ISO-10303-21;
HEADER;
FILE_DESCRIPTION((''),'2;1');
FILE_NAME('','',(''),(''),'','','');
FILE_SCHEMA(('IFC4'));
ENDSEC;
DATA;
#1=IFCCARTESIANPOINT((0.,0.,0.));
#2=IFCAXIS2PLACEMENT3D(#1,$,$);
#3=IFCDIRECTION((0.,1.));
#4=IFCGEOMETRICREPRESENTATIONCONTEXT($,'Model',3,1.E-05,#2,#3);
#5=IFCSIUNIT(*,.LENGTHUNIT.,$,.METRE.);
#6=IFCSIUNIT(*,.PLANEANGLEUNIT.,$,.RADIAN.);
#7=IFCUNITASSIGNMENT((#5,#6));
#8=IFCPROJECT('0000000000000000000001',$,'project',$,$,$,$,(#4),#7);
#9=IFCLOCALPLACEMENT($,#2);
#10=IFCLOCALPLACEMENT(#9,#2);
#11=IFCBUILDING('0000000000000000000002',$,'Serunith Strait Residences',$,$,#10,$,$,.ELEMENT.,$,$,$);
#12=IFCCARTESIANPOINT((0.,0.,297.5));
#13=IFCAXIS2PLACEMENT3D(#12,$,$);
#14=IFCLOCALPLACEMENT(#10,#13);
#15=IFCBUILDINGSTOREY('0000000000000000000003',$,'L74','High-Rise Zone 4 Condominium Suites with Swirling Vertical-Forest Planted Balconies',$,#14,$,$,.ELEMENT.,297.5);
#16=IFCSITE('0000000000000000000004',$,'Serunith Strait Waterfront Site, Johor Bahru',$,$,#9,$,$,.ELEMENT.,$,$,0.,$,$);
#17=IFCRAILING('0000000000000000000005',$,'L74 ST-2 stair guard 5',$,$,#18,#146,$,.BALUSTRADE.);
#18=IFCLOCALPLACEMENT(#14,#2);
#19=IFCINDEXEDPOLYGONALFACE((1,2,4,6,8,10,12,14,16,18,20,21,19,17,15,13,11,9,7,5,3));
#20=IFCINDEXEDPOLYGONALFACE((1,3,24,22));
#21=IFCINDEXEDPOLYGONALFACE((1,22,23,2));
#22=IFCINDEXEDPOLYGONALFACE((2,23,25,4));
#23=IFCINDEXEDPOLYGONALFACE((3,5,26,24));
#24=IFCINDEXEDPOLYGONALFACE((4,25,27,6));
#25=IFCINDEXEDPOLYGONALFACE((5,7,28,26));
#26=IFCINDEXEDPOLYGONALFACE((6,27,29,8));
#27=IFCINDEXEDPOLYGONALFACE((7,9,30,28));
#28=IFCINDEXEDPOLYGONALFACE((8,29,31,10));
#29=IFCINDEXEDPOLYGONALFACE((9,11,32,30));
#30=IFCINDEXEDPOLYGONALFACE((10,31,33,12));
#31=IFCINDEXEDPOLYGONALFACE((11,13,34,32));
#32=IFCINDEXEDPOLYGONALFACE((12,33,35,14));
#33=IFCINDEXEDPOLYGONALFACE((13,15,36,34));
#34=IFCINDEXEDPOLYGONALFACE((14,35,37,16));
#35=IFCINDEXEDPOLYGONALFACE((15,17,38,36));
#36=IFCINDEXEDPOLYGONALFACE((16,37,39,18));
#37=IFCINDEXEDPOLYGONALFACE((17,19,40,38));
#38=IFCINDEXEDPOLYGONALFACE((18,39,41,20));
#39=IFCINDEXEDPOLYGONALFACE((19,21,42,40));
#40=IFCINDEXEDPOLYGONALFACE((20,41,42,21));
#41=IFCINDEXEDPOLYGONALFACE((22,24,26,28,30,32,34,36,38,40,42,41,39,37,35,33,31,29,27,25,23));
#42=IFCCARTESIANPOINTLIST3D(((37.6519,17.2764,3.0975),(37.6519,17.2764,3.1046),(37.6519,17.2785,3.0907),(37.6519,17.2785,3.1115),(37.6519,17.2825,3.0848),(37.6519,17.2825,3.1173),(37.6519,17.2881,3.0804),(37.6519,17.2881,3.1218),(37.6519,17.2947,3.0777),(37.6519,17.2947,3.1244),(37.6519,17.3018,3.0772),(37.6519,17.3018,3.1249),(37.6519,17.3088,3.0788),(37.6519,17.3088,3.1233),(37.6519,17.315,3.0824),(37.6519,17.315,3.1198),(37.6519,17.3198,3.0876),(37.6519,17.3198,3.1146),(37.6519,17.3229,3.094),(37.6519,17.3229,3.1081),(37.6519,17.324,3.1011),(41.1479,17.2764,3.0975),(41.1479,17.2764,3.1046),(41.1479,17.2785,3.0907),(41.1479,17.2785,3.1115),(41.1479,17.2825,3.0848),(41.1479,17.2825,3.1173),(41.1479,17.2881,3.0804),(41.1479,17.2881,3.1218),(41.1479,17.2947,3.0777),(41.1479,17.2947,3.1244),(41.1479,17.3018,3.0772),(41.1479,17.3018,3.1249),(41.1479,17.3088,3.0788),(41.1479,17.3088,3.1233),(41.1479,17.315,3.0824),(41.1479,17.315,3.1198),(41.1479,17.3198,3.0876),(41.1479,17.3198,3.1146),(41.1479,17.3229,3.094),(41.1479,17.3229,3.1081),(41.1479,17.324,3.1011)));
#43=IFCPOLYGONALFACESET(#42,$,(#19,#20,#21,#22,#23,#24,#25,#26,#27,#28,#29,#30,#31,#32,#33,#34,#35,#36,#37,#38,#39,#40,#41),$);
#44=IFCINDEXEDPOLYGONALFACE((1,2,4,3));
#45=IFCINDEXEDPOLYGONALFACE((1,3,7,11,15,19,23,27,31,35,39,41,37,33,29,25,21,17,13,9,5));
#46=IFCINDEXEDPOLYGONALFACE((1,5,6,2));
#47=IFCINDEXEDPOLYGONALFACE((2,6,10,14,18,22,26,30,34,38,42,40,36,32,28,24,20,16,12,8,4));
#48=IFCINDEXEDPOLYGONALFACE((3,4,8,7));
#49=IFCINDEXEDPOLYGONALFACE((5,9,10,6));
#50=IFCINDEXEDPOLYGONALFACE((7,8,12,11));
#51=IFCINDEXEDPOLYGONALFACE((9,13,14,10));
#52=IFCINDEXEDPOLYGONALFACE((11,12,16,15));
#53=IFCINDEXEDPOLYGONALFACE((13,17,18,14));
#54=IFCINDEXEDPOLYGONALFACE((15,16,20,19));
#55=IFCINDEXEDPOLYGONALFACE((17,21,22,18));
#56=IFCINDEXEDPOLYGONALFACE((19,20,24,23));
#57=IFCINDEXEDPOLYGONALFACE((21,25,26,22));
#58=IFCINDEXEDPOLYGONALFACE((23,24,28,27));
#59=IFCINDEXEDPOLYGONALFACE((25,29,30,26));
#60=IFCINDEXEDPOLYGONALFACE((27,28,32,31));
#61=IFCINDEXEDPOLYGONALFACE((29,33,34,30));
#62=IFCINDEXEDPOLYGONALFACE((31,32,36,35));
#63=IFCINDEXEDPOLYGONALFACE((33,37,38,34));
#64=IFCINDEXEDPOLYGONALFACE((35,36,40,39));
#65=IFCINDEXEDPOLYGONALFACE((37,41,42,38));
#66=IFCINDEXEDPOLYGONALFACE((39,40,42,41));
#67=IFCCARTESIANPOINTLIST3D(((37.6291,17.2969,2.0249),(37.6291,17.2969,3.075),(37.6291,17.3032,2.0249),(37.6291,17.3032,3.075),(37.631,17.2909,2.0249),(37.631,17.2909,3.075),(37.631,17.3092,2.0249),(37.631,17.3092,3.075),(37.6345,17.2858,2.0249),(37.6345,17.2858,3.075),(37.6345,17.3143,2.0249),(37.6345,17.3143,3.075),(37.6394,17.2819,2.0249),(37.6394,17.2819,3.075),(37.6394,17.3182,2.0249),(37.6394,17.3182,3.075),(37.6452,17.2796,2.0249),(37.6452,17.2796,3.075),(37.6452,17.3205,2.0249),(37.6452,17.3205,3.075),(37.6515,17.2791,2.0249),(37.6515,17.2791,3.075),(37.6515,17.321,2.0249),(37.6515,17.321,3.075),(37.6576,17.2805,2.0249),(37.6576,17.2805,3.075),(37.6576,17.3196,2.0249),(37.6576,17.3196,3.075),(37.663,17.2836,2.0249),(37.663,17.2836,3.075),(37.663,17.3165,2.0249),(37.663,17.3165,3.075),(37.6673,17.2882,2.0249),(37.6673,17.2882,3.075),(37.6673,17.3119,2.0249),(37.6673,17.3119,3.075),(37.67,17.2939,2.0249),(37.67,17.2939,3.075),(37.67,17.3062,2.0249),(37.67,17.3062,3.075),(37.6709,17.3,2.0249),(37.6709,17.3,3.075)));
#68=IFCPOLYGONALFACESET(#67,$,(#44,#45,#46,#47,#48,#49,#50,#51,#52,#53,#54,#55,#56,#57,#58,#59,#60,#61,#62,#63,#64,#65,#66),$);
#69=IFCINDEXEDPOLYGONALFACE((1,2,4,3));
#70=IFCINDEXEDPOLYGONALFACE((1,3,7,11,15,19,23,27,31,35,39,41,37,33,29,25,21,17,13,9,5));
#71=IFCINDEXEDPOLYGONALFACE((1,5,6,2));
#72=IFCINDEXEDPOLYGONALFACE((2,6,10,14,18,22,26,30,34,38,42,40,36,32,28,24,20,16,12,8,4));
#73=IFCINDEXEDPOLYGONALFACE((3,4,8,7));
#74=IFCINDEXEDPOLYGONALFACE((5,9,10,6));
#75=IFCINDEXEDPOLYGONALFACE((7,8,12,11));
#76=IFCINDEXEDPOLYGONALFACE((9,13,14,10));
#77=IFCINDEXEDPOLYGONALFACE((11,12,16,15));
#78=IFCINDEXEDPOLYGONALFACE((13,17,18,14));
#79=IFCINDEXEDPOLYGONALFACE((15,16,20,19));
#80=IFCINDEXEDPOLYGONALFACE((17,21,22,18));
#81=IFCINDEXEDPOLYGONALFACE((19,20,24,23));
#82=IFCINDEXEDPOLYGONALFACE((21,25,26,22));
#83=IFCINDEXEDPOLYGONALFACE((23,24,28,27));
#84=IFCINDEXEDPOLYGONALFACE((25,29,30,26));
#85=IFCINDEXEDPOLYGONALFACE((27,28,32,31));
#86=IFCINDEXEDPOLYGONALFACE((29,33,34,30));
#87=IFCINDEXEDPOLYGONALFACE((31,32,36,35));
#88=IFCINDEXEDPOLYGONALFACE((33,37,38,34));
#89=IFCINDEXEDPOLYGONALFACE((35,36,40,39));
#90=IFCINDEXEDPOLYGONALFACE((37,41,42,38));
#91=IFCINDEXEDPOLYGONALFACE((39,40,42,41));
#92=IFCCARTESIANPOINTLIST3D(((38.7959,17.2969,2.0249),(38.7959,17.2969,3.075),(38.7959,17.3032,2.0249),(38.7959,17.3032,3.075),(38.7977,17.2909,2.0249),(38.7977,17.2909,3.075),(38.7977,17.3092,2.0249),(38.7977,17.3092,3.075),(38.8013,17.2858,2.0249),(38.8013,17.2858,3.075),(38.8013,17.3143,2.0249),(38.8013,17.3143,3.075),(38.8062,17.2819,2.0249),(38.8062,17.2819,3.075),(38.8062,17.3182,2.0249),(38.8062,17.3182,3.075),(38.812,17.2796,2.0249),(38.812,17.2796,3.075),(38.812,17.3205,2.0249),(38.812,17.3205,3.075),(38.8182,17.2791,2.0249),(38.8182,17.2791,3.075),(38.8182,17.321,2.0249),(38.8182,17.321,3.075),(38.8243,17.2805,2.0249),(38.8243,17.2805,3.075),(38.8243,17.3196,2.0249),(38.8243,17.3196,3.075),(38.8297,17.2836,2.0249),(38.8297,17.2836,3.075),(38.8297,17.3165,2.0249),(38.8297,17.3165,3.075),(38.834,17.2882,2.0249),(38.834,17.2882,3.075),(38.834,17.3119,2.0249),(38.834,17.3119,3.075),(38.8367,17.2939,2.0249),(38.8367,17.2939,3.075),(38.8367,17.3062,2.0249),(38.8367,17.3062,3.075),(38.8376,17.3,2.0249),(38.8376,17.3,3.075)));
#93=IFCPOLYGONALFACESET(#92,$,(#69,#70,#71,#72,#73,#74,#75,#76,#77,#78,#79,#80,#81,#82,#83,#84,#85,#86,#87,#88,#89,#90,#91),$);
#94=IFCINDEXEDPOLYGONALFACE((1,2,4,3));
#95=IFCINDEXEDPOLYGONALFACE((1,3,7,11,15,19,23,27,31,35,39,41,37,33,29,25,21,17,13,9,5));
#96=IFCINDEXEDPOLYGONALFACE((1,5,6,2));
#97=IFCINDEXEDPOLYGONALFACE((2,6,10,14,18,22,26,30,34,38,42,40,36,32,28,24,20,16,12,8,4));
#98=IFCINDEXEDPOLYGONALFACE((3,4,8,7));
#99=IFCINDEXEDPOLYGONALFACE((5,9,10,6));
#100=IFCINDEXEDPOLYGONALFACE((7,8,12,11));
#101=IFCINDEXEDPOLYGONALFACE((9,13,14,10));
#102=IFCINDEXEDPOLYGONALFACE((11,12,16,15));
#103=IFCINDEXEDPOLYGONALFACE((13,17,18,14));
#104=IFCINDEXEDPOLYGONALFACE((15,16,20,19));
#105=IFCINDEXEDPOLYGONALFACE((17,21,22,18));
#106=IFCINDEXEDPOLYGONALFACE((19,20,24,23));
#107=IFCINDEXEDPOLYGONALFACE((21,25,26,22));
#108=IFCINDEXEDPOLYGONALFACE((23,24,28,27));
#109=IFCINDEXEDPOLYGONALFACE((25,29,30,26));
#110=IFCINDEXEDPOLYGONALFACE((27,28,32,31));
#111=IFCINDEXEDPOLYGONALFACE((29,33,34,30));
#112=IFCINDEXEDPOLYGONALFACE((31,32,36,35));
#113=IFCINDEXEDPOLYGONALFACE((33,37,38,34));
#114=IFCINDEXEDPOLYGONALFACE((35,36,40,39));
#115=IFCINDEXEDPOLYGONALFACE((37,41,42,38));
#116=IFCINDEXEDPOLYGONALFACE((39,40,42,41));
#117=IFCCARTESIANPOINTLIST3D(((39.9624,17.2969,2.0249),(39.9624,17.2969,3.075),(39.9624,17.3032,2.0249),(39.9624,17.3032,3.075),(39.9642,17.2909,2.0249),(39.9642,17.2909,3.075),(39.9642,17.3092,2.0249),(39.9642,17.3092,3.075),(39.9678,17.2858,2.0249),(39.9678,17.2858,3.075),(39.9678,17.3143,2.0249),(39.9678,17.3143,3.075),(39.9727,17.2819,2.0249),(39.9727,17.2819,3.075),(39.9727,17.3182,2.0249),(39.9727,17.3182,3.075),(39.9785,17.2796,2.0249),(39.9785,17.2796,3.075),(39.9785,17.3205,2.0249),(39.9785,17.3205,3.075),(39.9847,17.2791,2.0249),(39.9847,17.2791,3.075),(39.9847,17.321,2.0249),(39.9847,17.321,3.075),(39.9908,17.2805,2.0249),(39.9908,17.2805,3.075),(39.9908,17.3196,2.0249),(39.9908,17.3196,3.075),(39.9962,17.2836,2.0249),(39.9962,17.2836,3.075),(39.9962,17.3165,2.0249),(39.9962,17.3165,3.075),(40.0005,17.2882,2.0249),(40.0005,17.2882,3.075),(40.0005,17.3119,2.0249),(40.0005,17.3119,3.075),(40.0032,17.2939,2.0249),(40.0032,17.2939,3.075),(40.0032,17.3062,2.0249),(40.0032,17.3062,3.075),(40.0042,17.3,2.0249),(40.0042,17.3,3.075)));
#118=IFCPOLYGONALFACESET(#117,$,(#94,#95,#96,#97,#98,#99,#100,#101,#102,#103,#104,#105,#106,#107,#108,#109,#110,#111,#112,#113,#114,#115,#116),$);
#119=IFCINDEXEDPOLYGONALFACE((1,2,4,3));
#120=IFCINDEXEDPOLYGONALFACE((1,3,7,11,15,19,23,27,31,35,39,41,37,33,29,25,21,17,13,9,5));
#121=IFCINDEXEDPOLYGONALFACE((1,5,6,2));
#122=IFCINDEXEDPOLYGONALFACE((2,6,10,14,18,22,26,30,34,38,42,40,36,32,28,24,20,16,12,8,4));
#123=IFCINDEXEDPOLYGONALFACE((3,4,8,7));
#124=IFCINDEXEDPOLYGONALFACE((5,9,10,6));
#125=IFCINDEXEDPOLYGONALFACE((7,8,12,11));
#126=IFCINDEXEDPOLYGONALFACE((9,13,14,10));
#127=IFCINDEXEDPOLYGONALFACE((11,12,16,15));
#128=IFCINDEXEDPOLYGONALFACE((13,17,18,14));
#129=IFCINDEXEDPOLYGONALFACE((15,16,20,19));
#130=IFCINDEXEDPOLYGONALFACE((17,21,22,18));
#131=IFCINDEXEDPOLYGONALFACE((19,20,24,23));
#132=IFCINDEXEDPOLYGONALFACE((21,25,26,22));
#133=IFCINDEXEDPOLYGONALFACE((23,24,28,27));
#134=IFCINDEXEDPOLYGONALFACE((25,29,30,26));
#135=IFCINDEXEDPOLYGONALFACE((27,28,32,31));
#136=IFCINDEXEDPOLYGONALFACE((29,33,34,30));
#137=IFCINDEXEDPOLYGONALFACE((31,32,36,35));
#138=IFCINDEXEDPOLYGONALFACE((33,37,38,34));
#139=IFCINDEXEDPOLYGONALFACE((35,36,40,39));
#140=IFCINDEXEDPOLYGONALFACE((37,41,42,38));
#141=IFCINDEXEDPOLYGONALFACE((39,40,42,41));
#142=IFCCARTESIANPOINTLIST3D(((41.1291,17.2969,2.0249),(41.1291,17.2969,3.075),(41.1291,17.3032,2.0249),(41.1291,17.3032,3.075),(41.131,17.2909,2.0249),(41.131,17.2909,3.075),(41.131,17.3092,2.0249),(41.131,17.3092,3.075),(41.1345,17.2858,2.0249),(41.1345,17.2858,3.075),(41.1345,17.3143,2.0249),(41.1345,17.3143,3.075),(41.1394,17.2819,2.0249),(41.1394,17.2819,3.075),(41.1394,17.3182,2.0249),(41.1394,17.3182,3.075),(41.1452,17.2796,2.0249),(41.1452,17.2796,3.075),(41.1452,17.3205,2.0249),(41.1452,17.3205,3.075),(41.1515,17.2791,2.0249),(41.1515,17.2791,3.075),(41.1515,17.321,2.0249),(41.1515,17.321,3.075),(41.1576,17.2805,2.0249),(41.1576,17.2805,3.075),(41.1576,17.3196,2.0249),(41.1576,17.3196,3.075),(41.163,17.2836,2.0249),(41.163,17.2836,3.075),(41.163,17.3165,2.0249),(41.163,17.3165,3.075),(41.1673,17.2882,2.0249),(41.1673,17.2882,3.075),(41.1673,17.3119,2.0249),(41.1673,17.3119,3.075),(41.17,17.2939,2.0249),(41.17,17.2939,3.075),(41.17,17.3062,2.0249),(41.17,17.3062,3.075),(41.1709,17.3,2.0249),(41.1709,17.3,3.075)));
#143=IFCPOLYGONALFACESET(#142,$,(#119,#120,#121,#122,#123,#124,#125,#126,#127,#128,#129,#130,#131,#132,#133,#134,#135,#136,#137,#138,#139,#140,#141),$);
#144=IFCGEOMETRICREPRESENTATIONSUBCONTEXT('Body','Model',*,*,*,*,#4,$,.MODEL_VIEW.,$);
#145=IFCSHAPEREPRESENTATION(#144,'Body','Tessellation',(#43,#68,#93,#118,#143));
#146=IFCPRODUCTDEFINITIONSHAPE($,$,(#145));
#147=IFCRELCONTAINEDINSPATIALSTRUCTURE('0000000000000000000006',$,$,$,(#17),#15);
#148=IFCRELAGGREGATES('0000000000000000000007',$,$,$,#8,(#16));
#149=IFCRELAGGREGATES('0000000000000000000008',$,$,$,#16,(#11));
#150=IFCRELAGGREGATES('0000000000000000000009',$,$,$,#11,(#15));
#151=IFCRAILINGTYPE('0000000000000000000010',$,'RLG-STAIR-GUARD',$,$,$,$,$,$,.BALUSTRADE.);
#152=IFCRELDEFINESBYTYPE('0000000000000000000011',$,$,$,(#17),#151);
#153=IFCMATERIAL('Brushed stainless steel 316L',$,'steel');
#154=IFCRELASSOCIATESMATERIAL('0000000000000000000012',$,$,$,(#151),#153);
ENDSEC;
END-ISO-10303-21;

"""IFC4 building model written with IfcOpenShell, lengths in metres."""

from ifc_helpers import new_model, si_unit, direction, frame, origin, origin_2d, place, context, subcontext, project, spatial, circle, extrude, material, type_object, element, save


model = new_model("IFC4")

# Units and contexts
model_context = context("Model", 3, precision=1e-05, world=origin(), true_north=direction((0.0, 1.0)))
body_context = subcontext(model_context, "Body", "Model", "MODEL_VIEW")
ifc_project = project(units=[si_unit("LENGTHUNIT", "METRE"), si_unit("PLANEANGLEUNIT", "RADIAN")], contexts=[model_context])

# Site, building, storey
site_placement = place(None, origin())
site = spatial("IfcSite", under=ifc_project, at=site_placement, Name="Serunith Strait Waterfront Site, Johor Bahru", CompositionType="ELEMENT", RefElevation=0.0)
building_placement = place(site_placement, origin())
building = spatial("IfcBuilding", under=site, at=building_placement, Name="Serunith Strait Residences", CompositionType="ELEMENT")
storey_placement = place(building_placement, frame((0.0, 0.0, 297.5)))
storey = spatial("IfcBuildingStorey", under=building, at=storey_placement, Name="L74", Description="High-Rise Zone 4 Condominium Suites with Swirling Vertical-Forest Planted Balconies", CompositionType="ELEMENT", Elevation=297.5)

# Railing
ifc_material_1 = material(Name="Brushed stainless steel 316L", Category="steel")
railing_type_1 = type_object("IfcRailingType", Name="RLG-STAIR-GUARD", PredefinedType="BALUSTRADE", material=ifc_material_1)
railing_1_placement = place(storey_placement, frame((37.6499, 17.3, 2.0249)))
element("IfcRailing", 1, at=railing_1_placement, inside=storey, type_object=railing_type_1, Name="L74 ST-2 stair guard 5", PredefinedType="BALUSTRADE", context=body_context, shape_type="SweptSolid", body=[
    extrude(circle(Radius=0.0239, at=origin_2d()), frame((0.002, 0.0, 1.0762), z_axis=(1.0, 0.0, 0.0), x_axis=(0.0, 1.0, 0.0)), (0.0, 0.0, 1.0), 3.4961),
    extrude(circle(Radius=0.021, at=origin_2d()), origin(), (0.0, 0.0, 1.0), 1.05),
    extrude(circle(Radius=0.021, at=origin_2d()), frame((1.1667, 0.0, 0.0)), (0.0, 0.0, 1.0), 1.05),
    extrude(circle(Radius=0.021, at=origin_2d()), frame((2.3333, 0.0, 0.0)), (0.0, 0.0, 1.0), 1.05),
    extrude(circle(Radius=0.021, at=origin_2d()), frame((3.5, 0.0, 0.0)), (0.0, 0.0, 1.0), 1.05),
])

save(model, "model.ifc")
